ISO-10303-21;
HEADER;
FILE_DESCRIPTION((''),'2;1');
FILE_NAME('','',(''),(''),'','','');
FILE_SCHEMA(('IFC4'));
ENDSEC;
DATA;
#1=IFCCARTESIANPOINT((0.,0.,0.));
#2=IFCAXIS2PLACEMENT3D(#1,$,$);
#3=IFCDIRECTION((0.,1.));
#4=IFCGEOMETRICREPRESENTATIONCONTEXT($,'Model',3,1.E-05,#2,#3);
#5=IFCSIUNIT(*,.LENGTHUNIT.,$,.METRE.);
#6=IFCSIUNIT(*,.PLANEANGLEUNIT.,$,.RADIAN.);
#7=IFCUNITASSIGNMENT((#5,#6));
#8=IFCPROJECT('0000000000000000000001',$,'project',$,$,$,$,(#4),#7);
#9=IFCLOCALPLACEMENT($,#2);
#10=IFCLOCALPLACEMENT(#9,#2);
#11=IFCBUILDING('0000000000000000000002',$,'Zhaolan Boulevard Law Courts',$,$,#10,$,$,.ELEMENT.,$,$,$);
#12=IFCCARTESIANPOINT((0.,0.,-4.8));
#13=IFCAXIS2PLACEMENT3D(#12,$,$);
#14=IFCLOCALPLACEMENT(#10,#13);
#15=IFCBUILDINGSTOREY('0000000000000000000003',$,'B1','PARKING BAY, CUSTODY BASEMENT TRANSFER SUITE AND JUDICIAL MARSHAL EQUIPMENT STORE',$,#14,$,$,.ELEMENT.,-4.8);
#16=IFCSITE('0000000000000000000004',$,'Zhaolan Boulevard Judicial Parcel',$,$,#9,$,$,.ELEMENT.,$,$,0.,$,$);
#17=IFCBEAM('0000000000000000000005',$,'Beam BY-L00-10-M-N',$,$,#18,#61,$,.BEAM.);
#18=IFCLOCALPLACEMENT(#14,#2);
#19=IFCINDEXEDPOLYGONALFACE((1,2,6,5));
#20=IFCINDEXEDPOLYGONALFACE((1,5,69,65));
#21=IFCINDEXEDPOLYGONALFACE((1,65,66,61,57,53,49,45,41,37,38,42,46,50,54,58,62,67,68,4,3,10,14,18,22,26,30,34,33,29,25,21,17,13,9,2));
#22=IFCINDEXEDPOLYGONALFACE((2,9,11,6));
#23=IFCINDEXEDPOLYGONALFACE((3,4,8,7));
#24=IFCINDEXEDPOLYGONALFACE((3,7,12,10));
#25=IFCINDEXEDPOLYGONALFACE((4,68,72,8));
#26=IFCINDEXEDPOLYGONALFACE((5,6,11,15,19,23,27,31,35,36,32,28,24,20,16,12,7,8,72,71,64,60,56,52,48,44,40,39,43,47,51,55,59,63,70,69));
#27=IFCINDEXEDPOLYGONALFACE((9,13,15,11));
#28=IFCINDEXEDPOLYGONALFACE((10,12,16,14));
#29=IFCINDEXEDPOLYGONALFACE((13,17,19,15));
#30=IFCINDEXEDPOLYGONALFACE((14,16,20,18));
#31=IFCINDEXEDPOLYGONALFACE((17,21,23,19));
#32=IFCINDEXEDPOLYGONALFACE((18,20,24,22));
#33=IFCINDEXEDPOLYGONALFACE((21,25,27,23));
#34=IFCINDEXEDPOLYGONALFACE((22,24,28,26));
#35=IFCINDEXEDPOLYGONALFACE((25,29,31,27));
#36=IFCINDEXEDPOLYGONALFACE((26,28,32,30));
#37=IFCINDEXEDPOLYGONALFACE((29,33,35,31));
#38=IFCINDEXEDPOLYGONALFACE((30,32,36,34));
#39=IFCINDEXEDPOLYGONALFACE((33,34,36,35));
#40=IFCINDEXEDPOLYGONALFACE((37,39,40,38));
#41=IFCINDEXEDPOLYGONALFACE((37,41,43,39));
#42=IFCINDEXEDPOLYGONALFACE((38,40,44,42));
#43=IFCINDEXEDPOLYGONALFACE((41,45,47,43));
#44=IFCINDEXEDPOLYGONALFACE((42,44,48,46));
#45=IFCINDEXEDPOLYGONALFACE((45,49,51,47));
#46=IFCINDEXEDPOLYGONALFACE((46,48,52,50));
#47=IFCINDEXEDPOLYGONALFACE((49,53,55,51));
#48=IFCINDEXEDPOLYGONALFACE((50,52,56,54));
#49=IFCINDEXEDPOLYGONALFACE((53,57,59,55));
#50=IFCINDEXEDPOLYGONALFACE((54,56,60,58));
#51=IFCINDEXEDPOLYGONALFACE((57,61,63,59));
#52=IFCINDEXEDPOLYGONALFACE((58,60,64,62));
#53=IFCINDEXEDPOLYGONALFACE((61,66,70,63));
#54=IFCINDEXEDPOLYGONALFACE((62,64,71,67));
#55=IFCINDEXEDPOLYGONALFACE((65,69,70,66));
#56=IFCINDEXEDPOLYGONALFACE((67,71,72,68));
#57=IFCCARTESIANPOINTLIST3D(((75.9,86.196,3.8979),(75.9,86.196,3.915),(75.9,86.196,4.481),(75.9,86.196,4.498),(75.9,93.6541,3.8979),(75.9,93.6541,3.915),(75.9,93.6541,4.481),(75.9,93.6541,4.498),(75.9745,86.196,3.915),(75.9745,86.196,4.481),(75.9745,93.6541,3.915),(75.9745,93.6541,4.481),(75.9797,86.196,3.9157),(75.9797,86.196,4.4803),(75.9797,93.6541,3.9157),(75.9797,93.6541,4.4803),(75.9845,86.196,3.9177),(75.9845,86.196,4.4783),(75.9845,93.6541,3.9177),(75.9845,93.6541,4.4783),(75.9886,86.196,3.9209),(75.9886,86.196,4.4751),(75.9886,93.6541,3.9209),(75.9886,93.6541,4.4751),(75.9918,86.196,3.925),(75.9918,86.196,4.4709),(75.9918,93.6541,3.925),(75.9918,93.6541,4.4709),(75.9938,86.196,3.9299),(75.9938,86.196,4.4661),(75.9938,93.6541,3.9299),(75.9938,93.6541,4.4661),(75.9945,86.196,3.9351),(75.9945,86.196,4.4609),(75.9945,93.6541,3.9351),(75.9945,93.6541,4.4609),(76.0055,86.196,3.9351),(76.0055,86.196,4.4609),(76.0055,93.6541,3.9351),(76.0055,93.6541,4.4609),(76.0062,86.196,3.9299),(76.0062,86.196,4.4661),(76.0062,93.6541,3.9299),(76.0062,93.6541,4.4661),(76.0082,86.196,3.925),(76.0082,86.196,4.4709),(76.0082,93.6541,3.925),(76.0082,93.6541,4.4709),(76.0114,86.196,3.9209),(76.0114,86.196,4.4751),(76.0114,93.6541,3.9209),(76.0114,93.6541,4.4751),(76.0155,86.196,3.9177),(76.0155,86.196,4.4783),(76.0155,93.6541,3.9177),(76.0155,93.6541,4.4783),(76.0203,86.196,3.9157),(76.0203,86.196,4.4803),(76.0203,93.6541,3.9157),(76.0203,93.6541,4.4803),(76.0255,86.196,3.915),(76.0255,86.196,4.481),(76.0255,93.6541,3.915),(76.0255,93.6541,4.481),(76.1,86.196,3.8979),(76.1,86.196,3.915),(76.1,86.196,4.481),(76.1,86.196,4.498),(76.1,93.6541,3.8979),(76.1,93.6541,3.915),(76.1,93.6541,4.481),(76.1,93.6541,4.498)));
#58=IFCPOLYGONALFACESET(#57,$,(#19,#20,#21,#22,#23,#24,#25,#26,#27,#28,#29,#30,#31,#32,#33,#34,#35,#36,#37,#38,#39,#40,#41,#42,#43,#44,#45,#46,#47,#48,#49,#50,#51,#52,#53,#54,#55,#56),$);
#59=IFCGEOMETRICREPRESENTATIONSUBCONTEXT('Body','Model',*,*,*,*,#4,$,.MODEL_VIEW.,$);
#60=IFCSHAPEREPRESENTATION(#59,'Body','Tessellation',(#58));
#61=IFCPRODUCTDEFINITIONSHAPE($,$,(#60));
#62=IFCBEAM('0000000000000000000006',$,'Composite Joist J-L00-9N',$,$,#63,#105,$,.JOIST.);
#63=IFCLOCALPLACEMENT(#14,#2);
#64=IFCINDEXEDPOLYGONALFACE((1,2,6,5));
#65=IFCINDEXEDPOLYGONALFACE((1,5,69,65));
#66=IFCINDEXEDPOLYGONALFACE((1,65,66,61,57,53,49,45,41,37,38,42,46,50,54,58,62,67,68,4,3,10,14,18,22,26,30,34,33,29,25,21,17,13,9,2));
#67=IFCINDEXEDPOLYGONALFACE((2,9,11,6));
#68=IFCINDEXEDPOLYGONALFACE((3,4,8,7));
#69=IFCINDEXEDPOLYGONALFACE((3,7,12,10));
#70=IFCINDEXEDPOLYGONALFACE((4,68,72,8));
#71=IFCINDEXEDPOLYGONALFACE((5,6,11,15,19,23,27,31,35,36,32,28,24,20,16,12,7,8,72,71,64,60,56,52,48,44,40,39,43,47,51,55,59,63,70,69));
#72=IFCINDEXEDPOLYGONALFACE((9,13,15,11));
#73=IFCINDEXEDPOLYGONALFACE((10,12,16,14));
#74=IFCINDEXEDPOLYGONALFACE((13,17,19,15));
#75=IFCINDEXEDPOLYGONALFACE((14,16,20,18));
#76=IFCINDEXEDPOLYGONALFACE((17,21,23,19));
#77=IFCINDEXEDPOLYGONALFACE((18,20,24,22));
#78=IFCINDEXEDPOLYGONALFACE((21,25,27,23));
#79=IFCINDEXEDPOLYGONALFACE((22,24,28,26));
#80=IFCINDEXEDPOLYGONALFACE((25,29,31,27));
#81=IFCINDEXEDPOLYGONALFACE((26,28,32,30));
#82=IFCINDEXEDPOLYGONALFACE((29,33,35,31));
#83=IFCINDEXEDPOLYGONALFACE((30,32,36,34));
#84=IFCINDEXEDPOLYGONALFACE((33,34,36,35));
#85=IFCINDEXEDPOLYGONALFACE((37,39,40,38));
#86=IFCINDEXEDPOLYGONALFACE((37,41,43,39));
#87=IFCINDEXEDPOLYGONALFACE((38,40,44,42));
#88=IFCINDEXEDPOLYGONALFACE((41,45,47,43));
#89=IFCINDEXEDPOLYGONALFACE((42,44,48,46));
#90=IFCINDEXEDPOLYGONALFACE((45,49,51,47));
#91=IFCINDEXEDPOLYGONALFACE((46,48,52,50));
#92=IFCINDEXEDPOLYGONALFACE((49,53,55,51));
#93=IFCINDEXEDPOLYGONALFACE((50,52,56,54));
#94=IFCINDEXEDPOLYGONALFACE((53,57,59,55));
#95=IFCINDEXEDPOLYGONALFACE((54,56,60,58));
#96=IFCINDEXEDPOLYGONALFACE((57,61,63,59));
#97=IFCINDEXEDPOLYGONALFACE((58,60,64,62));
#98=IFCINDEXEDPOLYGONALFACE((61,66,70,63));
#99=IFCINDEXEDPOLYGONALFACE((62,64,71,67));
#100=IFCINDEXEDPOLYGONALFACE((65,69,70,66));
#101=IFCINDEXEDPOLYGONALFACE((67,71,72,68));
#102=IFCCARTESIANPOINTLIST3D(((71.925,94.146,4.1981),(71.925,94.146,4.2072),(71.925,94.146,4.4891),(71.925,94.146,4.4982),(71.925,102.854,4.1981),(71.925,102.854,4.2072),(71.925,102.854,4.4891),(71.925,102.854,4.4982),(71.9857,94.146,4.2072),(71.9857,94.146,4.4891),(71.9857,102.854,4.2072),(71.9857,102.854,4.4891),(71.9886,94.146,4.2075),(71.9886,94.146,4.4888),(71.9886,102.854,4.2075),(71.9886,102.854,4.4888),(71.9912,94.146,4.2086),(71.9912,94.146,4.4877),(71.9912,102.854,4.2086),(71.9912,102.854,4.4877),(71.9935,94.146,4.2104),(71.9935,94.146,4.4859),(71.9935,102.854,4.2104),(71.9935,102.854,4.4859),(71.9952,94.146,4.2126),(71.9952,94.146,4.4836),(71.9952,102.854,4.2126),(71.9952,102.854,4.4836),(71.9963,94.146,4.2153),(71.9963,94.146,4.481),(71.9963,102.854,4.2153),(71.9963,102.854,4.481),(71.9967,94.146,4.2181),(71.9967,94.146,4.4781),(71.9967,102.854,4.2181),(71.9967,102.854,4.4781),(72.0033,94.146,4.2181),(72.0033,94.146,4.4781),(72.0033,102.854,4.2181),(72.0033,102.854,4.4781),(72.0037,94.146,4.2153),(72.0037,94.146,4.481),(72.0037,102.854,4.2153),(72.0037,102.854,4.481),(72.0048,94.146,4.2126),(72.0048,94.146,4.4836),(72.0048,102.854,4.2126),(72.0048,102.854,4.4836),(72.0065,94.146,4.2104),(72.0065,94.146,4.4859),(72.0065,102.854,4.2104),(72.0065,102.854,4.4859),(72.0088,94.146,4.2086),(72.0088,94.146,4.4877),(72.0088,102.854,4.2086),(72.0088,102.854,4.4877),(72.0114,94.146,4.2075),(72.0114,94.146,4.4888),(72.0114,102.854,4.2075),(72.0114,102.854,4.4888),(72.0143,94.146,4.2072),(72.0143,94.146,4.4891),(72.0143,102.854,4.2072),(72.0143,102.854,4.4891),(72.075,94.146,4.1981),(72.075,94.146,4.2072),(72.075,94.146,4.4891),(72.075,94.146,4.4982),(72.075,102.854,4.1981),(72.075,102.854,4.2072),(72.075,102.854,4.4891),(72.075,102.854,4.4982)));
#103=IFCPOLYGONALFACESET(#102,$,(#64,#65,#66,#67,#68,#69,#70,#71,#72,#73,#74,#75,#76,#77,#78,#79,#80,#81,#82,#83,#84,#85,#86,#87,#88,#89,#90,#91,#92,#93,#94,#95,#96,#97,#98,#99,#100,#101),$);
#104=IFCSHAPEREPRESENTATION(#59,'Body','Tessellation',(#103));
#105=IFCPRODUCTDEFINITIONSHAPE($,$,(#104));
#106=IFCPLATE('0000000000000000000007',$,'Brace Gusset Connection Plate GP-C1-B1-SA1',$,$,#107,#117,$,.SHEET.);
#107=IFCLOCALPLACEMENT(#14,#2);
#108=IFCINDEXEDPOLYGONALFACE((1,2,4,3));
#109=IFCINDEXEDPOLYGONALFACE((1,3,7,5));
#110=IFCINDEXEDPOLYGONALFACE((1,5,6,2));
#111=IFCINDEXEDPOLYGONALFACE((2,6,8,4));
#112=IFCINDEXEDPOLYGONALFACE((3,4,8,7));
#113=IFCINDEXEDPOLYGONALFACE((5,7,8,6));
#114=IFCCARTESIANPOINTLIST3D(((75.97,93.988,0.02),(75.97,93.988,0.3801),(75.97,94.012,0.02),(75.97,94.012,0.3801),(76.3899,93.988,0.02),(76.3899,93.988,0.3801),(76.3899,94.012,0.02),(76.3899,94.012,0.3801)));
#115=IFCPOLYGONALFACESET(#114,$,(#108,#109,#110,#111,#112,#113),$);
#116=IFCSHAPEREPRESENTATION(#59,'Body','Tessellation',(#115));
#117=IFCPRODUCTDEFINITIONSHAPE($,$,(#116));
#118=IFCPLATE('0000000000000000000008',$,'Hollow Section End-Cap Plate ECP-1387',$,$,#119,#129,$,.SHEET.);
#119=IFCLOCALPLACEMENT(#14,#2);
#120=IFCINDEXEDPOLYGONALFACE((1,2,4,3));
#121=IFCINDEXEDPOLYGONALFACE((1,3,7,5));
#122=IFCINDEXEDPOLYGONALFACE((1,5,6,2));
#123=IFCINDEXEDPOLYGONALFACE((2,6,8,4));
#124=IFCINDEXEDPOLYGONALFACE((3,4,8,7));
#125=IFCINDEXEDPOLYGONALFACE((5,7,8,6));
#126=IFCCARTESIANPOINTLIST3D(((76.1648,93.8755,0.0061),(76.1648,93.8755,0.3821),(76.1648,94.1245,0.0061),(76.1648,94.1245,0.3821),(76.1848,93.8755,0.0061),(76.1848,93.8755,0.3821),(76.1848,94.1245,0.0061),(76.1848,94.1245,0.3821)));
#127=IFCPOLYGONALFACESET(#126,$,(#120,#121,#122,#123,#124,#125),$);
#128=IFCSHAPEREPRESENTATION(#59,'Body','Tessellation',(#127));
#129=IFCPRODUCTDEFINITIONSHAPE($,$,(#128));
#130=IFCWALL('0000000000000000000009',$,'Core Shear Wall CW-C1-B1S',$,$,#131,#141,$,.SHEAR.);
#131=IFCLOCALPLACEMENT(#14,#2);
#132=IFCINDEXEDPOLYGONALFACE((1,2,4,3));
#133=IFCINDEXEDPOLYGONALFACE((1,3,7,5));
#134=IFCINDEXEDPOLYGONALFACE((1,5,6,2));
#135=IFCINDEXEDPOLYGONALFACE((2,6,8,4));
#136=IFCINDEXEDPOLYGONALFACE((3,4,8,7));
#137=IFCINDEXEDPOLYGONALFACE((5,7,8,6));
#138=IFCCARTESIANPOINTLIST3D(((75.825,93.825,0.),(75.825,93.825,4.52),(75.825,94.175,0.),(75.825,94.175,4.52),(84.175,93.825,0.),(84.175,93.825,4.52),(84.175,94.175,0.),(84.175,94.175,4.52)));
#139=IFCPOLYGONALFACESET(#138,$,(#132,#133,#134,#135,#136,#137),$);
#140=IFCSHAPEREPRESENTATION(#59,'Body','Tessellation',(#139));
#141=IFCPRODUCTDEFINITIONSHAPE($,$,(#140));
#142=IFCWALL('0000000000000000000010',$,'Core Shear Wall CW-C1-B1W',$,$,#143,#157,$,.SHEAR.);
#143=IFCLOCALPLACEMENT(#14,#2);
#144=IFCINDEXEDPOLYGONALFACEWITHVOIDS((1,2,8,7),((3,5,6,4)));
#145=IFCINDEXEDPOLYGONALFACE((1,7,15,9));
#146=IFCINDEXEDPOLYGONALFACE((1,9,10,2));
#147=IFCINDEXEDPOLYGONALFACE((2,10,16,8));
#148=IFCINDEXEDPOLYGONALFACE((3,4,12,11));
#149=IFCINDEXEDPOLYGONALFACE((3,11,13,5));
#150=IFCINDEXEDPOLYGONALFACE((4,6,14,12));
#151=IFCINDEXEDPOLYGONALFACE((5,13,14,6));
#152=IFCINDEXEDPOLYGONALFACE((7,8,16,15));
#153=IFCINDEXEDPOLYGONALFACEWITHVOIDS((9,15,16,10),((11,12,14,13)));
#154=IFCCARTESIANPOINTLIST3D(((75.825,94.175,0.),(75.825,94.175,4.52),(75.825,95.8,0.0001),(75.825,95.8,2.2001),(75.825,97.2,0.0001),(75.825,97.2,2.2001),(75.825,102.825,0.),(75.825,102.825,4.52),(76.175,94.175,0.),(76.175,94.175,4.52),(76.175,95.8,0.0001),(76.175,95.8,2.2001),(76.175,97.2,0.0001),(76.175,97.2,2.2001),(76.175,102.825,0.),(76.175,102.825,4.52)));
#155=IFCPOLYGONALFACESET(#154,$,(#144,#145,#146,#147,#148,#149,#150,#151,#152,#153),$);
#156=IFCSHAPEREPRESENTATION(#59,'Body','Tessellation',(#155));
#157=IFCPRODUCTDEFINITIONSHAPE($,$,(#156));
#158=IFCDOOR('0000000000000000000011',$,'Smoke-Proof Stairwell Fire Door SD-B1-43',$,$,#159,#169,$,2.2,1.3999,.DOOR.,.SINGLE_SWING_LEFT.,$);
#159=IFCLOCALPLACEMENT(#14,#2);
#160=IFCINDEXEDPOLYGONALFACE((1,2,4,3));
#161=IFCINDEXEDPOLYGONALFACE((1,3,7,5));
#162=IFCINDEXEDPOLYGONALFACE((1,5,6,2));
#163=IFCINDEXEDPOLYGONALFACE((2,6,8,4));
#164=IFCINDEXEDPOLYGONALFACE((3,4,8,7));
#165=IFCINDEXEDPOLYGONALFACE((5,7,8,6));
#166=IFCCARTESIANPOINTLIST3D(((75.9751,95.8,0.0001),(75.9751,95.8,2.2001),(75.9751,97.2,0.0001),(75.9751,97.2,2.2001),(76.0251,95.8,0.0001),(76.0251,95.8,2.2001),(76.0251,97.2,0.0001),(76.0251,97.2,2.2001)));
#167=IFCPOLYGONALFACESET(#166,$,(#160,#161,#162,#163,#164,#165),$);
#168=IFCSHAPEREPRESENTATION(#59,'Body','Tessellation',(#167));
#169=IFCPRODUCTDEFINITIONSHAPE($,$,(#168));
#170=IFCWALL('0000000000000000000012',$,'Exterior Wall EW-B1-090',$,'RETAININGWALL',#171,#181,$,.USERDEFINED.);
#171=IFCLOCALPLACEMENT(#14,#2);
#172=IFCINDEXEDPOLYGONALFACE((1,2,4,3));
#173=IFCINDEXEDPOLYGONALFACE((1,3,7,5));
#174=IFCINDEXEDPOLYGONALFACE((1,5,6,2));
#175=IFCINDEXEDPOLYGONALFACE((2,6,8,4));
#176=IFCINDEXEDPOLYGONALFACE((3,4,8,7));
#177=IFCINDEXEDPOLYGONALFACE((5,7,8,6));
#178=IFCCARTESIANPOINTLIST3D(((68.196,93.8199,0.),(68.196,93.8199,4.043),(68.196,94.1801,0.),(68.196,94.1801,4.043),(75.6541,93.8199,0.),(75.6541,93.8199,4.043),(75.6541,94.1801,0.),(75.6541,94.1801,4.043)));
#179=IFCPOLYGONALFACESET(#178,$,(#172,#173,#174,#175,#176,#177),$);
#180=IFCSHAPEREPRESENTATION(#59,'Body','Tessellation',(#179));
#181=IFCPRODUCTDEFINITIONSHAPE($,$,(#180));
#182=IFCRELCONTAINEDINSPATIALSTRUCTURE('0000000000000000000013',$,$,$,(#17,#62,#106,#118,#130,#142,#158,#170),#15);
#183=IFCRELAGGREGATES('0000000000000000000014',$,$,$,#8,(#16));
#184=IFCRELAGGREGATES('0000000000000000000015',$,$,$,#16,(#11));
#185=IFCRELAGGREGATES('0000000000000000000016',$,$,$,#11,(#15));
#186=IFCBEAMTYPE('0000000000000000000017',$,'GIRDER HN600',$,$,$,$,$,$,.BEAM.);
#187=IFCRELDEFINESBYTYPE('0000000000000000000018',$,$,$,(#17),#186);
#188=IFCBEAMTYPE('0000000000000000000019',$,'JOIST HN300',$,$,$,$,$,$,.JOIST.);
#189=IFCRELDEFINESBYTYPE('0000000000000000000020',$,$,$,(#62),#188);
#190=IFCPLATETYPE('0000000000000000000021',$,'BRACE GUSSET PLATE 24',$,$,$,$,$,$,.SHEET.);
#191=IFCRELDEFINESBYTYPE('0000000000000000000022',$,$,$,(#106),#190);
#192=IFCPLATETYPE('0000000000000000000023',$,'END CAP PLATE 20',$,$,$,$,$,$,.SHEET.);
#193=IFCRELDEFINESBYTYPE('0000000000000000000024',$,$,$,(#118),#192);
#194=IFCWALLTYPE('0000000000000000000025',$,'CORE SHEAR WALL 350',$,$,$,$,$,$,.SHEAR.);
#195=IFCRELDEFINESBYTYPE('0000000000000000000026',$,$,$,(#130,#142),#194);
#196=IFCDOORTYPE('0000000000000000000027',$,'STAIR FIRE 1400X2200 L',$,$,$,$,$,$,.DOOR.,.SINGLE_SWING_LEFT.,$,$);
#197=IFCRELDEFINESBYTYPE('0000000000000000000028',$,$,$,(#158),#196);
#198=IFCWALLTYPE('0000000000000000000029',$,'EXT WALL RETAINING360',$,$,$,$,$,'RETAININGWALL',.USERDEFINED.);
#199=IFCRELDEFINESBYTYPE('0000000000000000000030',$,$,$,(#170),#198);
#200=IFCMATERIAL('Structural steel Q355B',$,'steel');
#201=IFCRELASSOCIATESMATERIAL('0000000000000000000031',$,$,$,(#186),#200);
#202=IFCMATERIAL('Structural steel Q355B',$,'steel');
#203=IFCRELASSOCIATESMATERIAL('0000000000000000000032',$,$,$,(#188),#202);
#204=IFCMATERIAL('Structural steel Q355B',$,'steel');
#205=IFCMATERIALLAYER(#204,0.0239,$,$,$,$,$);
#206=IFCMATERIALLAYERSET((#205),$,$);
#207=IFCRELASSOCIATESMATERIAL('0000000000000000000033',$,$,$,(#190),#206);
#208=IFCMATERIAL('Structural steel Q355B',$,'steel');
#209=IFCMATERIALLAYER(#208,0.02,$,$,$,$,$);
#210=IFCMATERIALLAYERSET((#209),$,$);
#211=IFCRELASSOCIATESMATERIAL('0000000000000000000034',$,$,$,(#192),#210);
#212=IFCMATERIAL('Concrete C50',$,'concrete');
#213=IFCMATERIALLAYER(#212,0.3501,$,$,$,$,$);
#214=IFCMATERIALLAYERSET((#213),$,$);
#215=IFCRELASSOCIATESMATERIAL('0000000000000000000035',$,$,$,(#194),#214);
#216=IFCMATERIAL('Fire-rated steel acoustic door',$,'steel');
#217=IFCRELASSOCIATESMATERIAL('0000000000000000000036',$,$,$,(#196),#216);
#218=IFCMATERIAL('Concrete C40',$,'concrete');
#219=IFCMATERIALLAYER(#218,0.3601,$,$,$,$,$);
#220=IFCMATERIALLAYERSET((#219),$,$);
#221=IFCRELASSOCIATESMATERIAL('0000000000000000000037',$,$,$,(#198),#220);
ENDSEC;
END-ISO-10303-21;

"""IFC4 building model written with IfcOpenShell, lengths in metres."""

from ifc_helpers import new_model, si_unit, direction, frame, frame_2d, origin, origin_2d, place, context, subcontext, project, spatial, rectangle, i_section, extrude, material, layer, layer_set, material_profile, profile_set, type_object, element, fill, save


model = new_model("IFC4")

# Units and contexts
model_context = context("Model", 3, precision=1e-05, world=origin(), true_north=direction((0.0, 1.0)))
body_context = subcontext(model_context, "Body", "Model", "MODEL_VIEW")
ifc_project = project(units=[si_unit("LENGTHUNIT", "METRE"), si_unit("PLANEANGLEUNIT", "RADIAN")], contexts=[model_context])

# Site, building, storey
site_placement = place(None, origin())
site = spatial("IfcSite", under=ifc_project, at=site_placement, Name="Zhaolan Boulevard Judicial Parcel", CompositionType="ELEMENT", RefElevation=0.0)
building_placement = place(site_placement, origin())
building = spatial("IfcBuilding", under=site, at=building_placement, Name="Zhaolan Boulevard Law Courts", CompositionType="ELEMENT")
storey_placement = place(building_placement, frame((0.0, 0.0, -4.8)))
storey = spatial("IfcBuildingStorey", under=building, at=storey_placement, Name="B1", Description="PARKING BAY, CUSTODY BASEMENT TRANSFER SUITE AND JUDICIAL MARSHAL EQUIPMENT STORE", CompositionType="ELEMENT", Elevation=-4.8)

# Beams
ifc_material_1 = material(Name="Structural steel Q355B", Category="steel")
ifc_material_profile_1 = material_profile(ifc_material_1, i_section(OverallWidth=0.2, OverallDepth=0.6001, WebThickness=0.011, FlangeThickness=0.0171, FilletRadius=0.02, at=origin_2d()), Name="HN600x200")
ifc_profile_set_1 = profile_set([ifc_material_profile_1], Name="Structural steel Q355B")
beam_type_1 = type_object("IfcBeamType", Name="GIRDER HN600", PredefinedType="BEAM", material=ifc_profile_set_1)
beam_1_placement = place(storey_placement, frame((76.0, 86.196, 4.198), z_axis=(0.0, 1.0, 0.0), x_axis=(-1.0, 0.0, 0.0)))
element("IfcBeam", 1, at=beam_1_placement, inside=storey, type_object=beam_type_1, Name="Beam BY-L00-10-M-N", PredefinedType="BEAM", context=body_context, shape_type="SweptSolid", body=[
    extrude(i_section(OverallWidth=0.2, OverallDepth=0.6001, WebThickness=0.011, FlangeThickness=0.0171, FilletRadius=0.02, at=origin_2d()), origin(), (0.0, 0.0, 1.0), 7.458),
])
ifc_material_2 = material(Name="Structural steel Q355B", Category="steel")
ifc_material_profile_2 = material_profile(ifc_material_2, i_section(OverallWidth=0.1499, OverallDepth=0.3, WebThickness=0.0066, FlangeThickness=0.009, FilletRadius=0.011, at=origin_2d()), Name="HN300x150")
ifc_profile_set_2 = profile_set([ifc_material_profile_2], Name="Structural steel Q355B")
beam_type_2 = type_object("IfcBeamType", Name="JOIST HN300", PredefinedType="JOIST", material=ifc_profile_set_2)
beam_2_placement = place(storey_placement, frame((72.0, 94.146, 4.3481), z_axis=(0.0, 1.0, 0.0), x_axis=(-1.0, 0.0, 0.0)))
element("IfcBeam", 2, at=beam_2_placement, inside=storey, type_object=beam_type_2, Name="Composite Joist J-L00-9N", PredefinedType="JOIST", context=body_context, shape_type="SweptSolid", body=[
    extrude(i_section(OverallWidth=0.1499, OverallDepth=0.3, WebThickness=0.0066, FlangeThickness=0.009, FilletRadius=0.011, at=origin_2d()), origin(), (0.0, 0.0, 1.0), 8.708),
])

# Plates
ifc_material_3 = material(Name="Structural steel Q355B", Category="steel")
ifc_layer_1 = layer(ifc_material_3, 0.0239)
ifc_layer_set_1 = layer_set([ifc_layer_1])
plate_type_1 = type_object("IfcPlateType", Name="BRACE GUSSET PLATE 24", PredefinedType="SHEET", material=ifc_layer_set_1)
plate_1_placement = place(storey_placement, frame((76.1799, 94.0, 0.02), z_axis=(0.0, 0.0, 1.0), x_axis=(1.0, 0.0, 0.0)))
element("IfcPlate", 3, at=plate_1_placement, inside=storey, type_object=plate_type_1, Name="Brace Gusset Connection Plate GP-C1-B1-SA1", PredefinedType="SHEET", context=body_context, shape_type="SweptSolid", body=[
    extrude(rectangle(XDim=0.4199, YDim=0.0239, at=origin_2d()), origin(), (0.0, 0.0, 1.0), 0.3601),
])
ifc_material_4 = material(Name="Structural steel Q355B", Category="steel")
ifc_layer_2 = layer(ifc_material_4, 0.02)
ifc_layer_set_2 = layer_set([ifc_layer_2])
plate_type_2 = type_object("IfcPlateType", Name="END CAP PLATE 20", PredefinedType="SHEET", material=ifc_layer_set_2)
plate_2_placement = place(storey_placement, frame((76.1748, 94.0, 0.0061), z_axis=(0.0, 0.0, 1.0), x_axis=(1.0, 0.0, 0.0)))
element("IfcPlate", 4, at=plate_2_placement, inside=storey, type_object=plate_type_2, Name="Hollow Section End-Cap Plate ECP-1387", PredefinedType="SHEET", context=body_context, shape_type="SweptSolid", body=[
    extrude(rectangle(XDim=0.02, YDim=0.249, at=origin_2d()), origin(), (0.0, 0.0, 1.0), 0.376),
])

# Wall
ifc_material_5 = material(Name="Concrete C50", Category="concrete")
ifc_layer_3 = layer(ifc_material_5, 0.3501)
ifc_layer_set_3 = layer_set([ifc_layer_3])
wall_type_1 = type_object("IfcWallType", Name="CORE SHEAR WALL 350", PredefinedType="SHEAR", material=ifc_layer_set_3)
wall_1_placement = place(storey_placement, frame((75.825, 94.0, 0.0), z_axis=(0.0, 0.0, 1.0), x_axis=(1.0, 0.0, 0.0)))
element("IfcWall", 5, at=wall_1_placement, inside=storey, type_object=wall_type_1, Name="Core Shear Wall CW-C1-B1S", PredefinedType="SHEAR", context=body_context, shape_type="SweptSolid", body=[
    extrude(rectangle(XDim=8.3501, YDim=0.3501, at=frame_2d((4.175, 0.0))), origin(), (0.0, 0.0, 1.0), 4.52),
])

# Wall, opening, door
wall_2_placement = place(storey_placement, frame((76.0, 94.175, 0.0), z_axis=(0.0, 0.0, 1.0), x_axis=(0.0, 1.0, 0.0)))
wall_2 = element("IfcWall", 6, at=wall_2_placement, inside=storey, type_object=wall_type_1, Name="Core Shear Wall CW-C1-B1W", PredefinedType="SHEAR", context=body_context, shape_type="SweptSolid", body=[
    extrude(rectangle(XDim=8.6499, YDim=0.3501, at=frame_2d((4.325, 0.0))), origin(), (0.0, 0.0, 1.0), 4.52),
])
opening_placement = place(wall_2_placement, frame((1.625, 0.0, 0.0)))
opening = element("IfcOpeningElement", 7, at=opening_placement, cuts=wall_2, PredefinedType="OPENING", context=body_context, shape_type="SweptSolid", body=[
    extrude(rectangle(XDim=1.3999, YDim=2.2, at=frame_2d((0.7, 1.1001))), frame((0.0, 0.1851, 0.0), z_axis=(0.0, -1.0, 0.0), x_axis=(1.0, 0.0, 0.0)), (0.0, 0.0, 1.0), 0.3701),
])
ifc_material_6 = material(Name="Fire-rated steel acoustic door", Category="steel")
door_type = type_object("IfcDoorType", Name="STAIR FIRE 1400X2200 L", OperationType="SINGLE_SWING_LEFT", PredefinedType="DOOR", material=ifc_material_6)
door_placement = place(opening_placement, origin())
door = element("IfcDoor", 8, at=door_placement, inside=storey, type_object=door_type, Name="Smoke-Proof Stairwell Fire Door SD-B1-43", OperationType="SINGLE_SWING_LEFT", OverallHeight=2.2, OverallWidth=1.3999, PredefinedType="DOOR", context=body_context, shape_type="SweptSolid", body=[
    extrude(rectangle(XDim=1.3999, YDim=2.2, at=frame_2d((0.7, 1.1001))), frame((0.0, 0.0249, 0.0), z_axis=(0.0, -1.0, 0.0), x_axis=(1.0, 0.0, 0.0)), (0.0, 0.0, 1.0), 0.05),
])
fill(opening, door)

# Wall
ifc_material_7 = material(Name="Concrete C40", Category="concrete")
ifc_layer_4 = layer(ifc_material_7, 0.3601)
ifc_layer_set_4 = layer_set([ifc_layer_4])
wall_type_2 = type_object("IfcWallType", Name="EXT WALL RETAINING360", ElementType="RETAININGWALL", PredefinedType="USERDEFINED", material=ifc_layer_set_4)
wall_3_placement = place(storey_placement, frame((75.6541, 94.0, 0.0), z_axis=(0.0, 0.0, 1.0), x_axis=(-1.0, 0.0, 0.0)))
element("IfcWall", 9, at=wall_3_placement, inside=storey, type_object=wall_type_2, Name="Exterior Wall EW-B1-090", ObjectType="RETAININGWALL", PredefinedType="USERDEFINED", context=body_context, shape_type="SweptSolid", body=[
    extrude(rectangle(XDim=7.458, YDim=0.3601, at=frame_2d((3.729, 0.0))), origin(), (0.0, 0.0, 1.0), 4.043),
])

save(model, "model.ifc")
